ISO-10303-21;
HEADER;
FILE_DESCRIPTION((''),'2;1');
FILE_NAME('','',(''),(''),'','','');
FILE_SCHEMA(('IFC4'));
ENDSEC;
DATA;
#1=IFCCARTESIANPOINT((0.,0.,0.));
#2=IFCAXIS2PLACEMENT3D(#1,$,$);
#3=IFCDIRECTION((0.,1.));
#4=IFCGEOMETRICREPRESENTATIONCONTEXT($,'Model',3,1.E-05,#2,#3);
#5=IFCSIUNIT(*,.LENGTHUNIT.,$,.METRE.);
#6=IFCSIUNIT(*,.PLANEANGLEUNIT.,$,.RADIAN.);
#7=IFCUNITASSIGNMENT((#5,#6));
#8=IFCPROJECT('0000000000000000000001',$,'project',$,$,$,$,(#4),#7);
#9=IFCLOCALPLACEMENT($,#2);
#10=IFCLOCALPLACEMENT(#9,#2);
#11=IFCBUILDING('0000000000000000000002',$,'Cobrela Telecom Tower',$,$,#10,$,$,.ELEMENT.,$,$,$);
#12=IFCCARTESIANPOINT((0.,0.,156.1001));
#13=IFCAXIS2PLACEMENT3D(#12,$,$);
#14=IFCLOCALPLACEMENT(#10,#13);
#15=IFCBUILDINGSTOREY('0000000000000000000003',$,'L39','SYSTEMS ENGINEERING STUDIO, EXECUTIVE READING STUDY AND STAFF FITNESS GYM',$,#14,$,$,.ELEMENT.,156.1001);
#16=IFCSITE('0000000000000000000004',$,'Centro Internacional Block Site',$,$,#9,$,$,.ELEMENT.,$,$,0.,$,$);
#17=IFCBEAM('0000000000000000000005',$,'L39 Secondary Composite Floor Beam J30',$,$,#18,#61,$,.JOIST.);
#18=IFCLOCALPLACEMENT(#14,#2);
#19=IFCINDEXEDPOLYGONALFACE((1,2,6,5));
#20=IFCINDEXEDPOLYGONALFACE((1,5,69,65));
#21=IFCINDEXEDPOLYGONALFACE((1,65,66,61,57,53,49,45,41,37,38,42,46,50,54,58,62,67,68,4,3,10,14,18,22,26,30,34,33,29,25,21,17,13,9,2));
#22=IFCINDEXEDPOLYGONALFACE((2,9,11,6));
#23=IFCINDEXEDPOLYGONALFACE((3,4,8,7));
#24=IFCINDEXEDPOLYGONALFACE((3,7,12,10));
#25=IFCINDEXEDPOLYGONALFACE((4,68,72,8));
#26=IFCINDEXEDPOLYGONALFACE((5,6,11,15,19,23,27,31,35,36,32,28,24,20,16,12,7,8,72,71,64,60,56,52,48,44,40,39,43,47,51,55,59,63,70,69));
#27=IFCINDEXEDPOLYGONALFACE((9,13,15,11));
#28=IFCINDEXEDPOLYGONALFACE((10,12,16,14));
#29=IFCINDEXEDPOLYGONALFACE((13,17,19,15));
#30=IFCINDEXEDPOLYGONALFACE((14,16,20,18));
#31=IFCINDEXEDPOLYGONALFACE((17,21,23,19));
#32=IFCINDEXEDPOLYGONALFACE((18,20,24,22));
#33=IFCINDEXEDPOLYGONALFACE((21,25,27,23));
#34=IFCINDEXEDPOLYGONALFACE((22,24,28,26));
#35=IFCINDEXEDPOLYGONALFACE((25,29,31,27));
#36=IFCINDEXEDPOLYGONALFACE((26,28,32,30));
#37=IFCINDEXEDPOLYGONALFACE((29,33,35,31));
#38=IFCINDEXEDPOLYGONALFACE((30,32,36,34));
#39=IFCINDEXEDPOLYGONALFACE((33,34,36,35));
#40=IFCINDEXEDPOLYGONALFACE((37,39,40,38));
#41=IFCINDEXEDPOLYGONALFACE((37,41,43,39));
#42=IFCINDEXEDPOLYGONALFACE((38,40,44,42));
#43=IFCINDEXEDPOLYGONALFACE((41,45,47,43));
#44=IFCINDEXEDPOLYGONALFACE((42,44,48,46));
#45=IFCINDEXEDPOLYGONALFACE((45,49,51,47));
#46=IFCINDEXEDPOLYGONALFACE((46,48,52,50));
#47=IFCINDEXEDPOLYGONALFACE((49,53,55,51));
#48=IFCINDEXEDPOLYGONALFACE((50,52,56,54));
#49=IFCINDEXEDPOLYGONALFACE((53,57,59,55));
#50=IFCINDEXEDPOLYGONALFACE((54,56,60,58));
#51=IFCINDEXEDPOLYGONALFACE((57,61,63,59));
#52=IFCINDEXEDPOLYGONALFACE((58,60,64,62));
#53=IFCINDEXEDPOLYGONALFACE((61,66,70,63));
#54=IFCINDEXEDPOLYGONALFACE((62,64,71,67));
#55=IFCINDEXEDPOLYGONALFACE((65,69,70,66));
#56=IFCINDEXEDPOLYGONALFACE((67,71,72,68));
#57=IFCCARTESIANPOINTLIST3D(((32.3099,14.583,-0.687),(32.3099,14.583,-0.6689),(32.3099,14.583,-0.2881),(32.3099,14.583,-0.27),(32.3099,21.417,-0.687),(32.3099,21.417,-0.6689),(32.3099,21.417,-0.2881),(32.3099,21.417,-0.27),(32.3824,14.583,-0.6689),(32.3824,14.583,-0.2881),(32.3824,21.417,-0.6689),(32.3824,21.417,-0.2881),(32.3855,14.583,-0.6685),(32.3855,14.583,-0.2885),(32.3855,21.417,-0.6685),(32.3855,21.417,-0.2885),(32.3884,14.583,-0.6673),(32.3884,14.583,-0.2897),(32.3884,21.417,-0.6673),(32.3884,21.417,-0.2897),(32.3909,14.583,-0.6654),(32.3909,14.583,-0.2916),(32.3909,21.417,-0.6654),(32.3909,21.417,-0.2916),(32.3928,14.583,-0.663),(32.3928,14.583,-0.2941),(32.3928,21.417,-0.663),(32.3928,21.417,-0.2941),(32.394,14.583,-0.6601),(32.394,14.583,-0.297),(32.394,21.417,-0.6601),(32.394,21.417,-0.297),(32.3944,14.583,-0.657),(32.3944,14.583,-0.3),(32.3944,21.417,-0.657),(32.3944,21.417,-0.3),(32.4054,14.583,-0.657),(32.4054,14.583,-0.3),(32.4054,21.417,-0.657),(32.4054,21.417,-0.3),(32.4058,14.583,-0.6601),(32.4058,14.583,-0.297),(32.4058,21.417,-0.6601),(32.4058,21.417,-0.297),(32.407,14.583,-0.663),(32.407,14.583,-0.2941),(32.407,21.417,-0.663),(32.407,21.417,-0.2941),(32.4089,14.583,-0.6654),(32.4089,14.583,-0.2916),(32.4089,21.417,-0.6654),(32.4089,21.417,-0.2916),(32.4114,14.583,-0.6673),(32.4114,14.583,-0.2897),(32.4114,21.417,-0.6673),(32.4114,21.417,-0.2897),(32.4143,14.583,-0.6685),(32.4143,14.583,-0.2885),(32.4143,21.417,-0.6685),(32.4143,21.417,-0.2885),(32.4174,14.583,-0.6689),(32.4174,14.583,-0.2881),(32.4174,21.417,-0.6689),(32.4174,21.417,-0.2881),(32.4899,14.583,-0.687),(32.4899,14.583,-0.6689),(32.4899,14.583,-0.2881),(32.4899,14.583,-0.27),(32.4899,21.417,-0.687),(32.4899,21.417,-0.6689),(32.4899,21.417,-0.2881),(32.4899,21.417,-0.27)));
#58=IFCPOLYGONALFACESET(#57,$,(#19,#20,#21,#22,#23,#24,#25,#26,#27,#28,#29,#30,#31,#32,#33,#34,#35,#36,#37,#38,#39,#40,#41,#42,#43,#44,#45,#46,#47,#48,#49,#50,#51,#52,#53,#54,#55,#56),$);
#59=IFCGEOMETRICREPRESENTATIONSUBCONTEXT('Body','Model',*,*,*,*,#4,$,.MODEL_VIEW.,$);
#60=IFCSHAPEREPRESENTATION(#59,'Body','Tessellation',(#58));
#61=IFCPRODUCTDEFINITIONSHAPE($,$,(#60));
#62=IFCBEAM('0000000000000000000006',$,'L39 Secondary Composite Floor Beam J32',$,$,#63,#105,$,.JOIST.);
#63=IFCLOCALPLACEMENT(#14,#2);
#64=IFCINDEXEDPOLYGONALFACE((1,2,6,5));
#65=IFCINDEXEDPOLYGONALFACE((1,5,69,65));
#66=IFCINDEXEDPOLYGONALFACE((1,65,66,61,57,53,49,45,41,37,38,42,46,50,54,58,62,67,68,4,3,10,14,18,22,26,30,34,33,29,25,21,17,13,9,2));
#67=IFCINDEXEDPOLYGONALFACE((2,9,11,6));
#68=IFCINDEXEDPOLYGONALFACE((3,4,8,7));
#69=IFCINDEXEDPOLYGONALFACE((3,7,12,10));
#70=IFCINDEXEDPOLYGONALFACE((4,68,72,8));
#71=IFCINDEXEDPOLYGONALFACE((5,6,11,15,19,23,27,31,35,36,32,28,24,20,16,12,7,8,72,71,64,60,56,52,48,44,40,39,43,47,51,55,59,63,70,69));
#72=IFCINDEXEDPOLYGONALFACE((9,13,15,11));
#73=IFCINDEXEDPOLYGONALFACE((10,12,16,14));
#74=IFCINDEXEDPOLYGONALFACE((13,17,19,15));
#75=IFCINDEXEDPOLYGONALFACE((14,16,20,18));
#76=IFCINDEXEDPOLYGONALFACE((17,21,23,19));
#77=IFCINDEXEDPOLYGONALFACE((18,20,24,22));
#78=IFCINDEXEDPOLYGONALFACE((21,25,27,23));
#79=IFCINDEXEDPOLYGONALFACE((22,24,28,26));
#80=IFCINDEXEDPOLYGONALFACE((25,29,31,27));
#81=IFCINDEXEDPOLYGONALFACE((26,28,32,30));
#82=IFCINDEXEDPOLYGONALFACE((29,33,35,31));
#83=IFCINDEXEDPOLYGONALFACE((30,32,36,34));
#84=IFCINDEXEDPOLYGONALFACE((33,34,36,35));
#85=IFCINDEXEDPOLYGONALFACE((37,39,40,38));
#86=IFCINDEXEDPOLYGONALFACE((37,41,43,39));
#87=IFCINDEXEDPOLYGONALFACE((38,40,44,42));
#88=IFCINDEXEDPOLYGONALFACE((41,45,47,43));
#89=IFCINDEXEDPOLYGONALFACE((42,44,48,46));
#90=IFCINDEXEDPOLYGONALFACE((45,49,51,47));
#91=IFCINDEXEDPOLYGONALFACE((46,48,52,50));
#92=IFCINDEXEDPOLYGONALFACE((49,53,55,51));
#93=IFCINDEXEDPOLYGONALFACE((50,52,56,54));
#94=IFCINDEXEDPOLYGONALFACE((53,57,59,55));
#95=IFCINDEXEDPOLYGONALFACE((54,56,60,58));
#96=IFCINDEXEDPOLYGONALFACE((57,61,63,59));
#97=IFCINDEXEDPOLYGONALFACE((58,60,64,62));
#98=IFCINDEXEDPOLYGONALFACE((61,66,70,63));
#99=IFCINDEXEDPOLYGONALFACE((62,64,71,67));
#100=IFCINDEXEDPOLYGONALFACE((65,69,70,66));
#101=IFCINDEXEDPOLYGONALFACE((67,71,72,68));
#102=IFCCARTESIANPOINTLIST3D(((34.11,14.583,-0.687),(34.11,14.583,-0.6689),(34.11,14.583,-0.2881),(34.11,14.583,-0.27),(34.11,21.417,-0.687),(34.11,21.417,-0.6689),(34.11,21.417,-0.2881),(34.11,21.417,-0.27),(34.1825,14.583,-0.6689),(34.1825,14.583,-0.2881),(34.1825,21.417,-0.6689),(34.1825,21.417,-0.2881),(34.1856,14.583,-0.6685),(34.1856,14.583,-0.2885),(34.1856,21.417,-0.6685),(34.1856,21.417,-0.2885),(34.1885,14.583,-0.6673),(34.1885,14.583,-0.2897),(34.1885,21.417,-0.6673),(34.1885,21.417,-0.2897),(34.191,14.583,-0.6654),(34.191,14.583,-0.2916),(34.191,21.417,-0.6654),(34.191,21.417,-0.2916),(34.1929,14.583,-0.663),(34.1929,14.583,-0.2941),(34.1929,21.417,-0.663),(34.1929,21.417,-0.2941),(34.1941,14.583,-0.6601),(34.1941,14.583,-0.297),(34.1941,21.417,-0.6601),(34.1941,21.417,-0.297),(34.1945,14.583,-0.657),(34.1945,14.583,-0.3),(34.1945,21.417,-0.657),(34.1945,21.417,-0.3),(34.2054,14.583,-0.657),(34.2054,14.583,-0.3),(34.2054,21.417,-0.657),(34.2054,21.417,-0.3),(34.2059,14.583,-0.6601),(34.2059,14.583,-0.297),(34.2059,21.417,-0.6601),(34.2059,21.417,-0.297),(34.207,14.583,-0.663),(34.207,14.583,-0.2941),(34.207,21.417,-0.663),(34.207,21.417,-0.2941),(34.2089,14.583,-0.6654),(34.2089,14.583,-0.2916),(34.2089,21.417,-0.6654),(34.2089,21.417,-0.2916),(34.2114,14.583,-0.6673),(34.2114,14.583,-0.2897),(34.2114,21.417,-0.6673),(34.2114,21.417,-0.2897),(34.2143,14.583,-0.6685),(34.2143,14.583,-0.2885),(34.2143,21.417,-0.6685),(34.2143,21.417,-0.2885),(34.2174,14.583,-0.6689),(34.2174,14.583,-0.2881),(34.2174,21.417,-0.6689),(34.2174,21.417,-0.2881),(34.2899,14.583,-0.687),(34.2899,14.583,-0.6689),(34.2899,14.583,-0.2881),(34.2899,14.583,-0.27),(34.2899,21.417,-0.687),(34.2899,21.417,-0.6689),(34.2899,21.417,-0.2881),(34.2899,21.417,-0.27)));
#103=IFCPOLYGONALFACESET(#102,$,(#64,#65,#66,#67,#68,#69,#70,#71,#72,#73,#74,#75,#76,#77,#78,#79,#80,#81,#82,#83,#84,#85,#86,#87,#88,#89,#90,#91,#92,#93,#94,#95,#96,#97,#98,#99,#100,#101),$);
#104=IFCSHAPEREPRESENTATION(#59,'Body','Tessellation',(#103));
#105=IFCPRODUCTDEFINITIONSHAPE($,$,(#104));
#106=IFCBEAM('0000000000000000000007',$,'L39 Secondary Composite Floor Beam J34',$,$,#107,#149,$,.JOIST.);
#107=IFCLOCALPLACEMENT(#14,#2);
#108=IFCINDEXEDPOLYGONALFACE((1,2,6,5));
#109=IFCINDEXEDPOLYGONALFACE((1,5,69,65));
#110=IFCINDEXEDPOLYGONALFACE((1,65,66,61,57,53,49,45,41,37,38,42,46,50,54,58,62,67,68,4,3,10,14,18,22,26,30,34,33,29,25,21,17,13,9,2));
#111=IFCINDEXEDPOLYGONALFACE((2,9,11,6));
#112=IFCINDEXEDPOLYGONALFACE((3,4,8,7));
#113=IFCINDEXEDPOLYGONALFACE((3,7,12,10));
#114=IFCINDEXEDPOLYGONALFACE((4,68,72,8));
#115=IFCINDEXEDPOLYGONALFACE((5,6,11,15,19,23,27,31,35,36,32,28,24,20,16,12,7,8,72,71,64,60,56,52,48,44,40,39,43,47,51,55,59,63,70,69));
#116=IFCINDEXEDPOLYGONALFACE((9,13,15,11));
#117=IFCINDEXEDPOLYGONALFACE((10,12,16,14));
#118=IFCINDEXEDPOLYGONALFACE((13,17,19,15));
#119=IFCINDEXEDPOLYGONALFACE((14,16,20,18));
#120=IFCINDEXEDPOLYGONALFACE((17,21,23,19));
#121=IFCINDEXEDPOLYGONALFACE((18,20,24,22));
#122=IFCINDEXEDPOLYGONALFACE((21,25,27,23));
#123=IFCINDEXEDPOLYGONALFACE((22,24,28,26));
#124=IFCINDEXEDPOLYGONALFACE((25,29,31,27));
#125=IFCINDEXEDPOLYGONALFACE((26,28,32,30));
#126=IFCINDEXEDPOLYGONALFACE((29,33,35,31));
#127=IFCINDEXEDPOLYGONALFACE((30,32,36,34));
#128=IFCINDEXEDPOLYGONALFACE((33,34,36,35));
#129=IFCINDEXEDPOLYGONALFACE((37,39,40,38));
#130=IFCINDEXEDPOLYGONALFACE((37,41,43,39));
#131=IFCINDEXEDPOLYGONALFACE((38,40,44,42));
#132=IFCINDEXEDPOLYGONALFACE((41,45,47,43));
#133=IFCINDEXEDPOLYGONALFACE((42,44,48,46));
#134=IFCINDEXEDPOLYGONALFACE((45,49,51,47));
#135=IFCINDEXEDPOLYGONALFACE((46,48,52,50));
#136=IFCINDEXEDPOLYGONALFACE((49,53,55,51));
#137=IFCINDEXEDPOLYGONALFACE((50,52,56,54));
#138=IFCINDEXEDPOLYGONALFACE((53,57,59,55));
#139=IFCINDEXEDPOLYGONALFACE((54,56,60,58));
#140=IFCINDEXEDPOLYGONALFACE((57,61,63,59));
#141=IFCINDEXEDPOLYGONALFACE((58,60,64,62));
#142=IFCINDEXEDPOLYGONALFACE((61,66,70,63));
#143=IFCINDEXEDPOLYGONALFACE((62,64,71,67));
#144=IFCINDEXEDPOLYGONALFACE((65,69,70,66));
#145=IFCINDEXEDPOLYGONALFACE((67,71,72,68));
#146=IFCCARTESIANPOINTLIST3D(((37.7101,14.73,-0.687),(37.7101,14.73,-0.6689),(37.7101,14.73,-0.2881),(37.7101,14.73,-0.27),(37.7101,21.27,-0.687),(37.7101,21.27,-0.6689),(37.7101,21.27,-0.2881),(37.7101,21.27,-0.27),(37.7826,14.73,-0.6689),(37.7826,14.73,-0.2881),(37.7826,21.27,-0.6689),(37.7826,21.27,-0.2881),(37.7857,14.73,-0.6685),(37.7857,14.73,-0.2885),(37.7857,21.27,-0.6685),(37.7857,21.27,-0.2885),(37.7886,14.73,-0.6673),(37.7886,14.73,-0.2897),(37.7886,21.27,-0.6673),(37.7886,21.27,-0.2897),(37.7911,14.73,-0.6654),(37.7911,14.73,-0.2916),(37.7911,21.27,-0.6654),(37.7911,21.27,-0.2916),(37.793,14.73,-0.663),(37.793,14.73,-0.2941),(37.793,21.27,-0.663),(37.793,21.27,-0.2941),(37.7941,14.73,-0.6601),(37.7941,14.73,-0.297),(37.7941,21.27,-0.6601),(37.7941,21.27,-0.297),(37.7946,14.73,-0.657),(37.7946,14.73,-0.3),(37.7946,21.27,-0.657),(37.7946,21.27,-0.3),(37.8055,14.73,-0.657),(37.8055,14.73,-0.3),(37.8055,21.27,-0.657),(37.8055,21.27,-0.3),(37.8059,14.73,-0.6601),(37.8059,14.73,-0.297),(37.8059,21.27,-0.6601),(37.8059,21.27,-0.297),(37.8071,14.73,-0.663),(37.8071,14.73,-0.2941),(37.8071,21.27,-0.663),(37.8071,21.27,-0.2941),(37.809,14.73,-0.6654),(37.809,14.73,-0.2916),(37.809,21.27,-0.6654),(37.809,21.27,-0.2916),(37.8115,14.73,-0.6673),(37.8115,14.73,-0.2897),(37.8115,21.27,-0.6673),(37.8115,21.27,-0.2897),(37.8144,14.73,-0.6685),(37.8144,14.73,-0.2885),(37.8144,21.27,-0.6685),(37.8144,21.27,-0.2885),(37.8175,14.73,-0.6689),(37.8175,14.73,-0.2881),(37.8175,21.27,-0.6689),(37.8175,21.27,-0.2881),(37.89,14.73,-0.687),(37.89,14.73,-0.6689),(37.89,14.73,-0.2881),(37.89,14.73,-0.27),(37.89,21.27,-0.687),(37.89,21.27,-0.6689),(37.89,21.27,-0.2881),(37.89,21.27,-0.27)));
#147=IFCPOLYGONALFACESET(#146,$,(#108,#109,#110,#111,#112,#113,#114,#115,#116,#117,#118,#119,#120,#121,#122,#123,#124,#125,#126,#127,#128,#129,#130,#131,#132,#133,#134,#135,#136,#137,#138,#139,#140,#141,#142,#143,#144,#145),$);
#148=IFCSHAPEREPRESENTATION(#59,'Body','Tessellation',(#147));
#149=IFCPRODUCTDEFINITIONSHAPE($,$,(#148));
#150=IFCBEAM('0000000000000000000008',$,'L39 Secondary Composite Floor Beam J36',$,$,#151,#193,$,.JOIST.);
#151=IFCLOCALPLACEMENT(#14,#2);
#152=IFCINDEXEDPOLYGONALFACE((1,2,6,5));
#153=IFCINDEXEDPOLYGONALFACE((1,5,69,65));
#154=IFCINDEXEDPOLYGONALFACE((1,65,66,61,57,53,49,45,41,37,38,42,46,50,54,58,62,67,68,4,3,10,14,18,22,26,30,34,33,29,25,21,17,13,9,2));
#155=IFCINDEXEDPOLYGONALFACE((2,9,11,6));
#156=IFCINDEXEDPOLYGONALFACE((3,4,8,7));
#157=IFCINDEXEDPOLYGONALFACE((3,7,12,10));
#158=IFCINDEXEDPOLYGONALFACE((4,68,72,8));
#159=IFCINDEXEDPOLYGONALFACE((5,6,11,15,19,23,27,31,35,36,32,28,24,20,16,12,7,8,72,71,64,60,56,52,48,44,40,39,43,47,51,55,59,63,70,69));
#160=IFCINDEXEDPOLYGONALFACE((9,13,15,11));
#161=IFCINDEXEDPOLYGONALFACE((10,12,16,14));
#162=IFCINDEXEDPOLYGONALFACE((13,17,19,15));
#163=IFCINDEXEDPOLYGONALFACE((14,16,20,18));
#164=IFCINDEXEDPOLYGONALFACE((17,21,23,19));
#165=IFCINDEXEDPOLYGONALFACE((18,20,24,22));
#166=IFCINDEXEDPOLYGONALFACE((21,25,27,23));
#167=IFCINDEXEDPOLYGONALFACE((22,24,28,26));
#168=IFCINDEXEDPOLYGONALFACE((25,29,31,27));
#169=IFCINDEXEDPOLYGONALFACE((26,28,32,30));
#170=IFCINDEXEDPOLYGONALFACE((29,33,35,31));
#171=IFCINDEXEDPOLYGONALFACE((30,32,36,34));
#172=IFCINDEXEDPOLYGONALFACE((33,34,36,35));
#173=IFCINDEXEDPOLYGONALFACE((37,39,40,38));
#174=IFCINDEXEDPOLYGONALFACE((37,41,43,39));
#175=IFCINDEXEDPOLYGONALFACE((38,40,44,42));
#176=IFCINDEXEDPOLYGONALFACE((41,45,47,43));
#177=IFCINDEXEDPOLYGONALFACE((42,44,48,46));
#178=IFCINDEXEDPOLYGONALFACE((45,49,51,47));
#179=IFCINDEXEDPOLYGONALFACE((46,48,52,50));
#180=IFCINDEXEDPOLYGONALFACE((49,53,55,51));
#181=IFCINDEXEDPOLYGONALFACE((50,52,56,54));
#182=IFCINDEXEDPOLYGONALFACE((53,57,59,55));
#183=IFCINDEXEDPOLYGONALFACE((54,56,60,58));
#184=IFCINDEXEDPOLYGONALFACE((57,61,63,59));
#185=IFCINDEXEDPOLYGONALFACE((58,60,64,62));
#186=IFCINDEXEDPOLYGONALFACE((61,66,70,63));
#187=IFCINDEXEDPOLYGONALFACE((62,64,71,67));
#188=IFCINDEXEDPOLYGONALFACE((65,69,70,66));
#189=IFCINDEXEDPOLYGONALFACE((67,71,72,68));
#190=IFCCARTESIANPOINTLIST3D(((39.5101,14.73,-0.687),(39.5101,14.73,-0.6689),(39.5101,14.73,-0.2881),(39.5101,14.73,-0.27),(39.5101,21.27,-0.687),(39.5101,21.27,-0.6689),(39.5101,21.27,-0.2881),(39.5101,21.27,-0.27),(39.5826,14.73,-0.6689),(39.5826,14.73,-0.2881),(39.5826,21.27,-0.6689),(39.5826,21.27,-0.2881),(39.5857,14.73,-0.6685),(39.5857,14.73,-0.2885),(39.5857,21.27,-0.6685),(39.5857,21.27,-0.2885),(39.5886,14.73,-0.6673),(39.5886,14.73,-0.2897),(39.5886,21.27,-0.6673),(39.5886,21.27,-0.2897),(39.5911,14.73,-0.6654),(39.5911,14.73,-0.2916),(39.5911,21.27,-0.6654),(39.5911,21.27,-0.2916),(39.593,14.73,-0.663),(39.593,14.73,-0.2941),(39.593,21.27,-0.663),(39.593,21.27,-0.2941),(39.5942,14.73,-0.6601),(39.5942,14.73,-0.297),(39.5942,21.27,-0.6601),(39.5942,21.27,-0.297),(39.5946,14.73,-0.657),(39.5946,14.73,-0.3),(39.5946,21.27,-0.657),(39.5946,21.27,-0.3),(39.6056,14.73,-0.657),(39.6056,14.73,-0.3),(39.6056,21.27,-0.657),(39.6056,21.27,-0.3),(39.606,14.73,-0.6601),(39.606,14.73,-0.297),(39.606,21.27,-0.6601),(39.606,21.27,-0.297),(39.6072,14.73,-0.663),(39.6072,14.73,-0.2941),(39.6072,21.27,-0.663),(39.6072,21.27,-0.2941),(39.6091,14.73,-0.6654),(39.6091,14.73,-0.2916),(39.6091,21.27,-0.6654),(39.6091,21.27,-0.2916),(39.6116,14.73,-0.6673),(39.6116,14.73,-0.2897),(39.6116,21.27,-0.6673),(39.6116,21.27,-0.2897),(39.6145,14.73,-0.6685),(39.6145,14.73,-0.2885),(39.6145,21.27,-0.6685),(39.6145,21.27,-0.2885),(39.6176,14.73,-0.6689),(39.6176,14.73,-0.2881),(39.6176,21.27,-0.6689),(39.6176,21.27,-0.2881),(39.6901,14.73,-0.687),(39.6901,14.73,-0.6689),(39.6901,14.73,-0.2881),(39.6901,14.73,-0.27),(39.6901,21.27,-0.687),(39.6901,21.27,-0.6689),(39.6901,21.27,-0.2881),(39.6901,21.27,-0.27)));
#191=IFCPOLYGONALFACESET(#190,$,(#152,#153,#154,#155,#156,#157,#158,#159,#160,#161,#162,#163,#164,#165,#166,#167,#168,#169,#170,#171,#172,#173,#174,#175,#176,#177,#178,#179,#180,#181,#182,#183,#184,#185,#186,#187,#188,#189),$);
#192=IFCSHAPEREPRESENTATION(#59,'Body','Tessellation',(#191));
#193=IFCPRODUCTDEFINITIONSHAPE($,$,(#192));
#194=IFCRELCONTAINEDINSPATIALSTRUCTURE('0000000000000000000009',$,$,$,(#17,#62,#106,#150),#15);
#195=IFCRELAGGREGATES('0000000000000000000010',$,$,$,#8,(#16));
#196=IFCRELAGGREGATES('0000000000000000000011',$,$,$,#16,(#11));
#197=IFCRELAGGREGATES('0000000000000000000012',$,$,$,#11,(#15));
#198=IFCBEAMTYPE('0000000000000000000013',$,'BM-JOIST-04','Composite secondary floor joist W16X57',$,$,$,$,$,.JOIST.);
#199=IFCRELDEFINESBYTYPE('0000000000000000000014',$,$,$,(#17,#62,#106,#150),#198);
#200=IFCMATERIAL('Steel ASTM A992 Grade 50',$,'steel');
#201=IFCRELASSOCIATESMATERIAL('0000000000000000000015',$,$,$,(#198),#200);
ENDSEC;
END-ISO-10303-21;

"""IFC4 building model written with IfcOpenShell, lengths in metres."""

from ifc_helpers import new_model, si_unit, direction, frame, origin, origin_2d, place, context, subcontext, project, spatial, i_section, extrude, material, material_profile, profile_set, type_object, element, save


model = new_model("IFC4")

# Units and contexts
model_context = context("Model", 3, precision=1e-05, world=origin(), true_north=direction((0.0, 1.0)))
body_context = subcontext(model_context, "Body", "Model", "MODEL_VIEW")
ifc_project = project(units=[si_unit("LENGTHUNIT", "METRE"), si_unit("PLANEANGLEUNIT", "RADIAN")], contexts=[model_context])

# Site, building, storey
site_placement = place(None, origin())
site = spatial("IfcSite", under=ifc_project, at=site_placement, Name="Centro Internacional Block Site", CompositionType="ELEMENT", RefElevation=0.0)
building_placement = place(site_placement, origin())
building = spatial("IfcBuilding", under=site, at=building_placement, Name="Cobrela Telecom Tower", CompositionType="ELEMENT")
storey_placement = place(building_placement, frame((0.0, 0.0, 156.1001)))
storey = spatial("IfcBuildingStorey", under=building, at=storey_placement, Name="L39", Description="SYSTEMS ENGINEERING STUDIO, EXECUTIVE READING STUDY AND STAFF FITNESS GYM", CompositionType="ELEMENT", Elevation=156.1001)

# Shared definitions
ifc_material_1 = material(Name="Steel ASTM A992 Grade 50", Category="steel")

# Beams
ifc_material_profile_1 = material_profile(ifc_material_1, i_section(OverallWidth=0.1799, OverallDepth=0.417, WebThickness=0.011, FlangeThickness=0.0181, FilletRadius=0.012, at=origin_2d()), Name="W16X57")
ifc_profile_set_1 = profile_set([ifc_material_profile_1], Name="Steel ASTM A992 Grade 50")
beam_type_1 = type_object("IfcBeamType", Name="BM-JOIST-04", Description="Composite secondary floor joist W16X57", PredefinedType="JOIST", material=ifc_profile_set_1)
for number, where, z_axis, x_axis, name in (
    (1, (32.3999, 14.583, -0.4785), (0.0, 1.0, 0.0), (-1.0, 0.0, 0.0), "L39 Secondary Composite Floor Beam J30"),
    (2, (34.2, 14.583, -0.4785), (0.0, 1.0, 0.0), (-1.0, 0.0, 0.0), "L39 Secondary Composite Floor Beam J32"),
):
    element("IfcBeam", number, at=place(storey_placement, frame(where, z_axis=z_axis, x_axis=x_axis)), inside=storey, type_object=beam_type_1, Name=name, PredefinedType="JOIST", context=body_context, shape_type="SweptSolid", body=[
        extrude(i_section(OverallWidth=0.1799, OverallDepth=0.417, WebThickness=0.011, FlangeThickness=0.0181, FilletRadius=0.012, at=origin_2d()), origin(), (0.0, 0.0, 1.0), 6.834),
    ])
for number, where, z_axis, x_axis, name in (
    (3, (37.8, 14.73, -0.4785), (0.0, 1.0, 0.0), (-1.0, 0.0, 0.0), "L39 Secondary Composite Floor Beam J34"),
    (4, (39.6001, 14.73, -0.4785), (0.0, 1.0, 0.0), (-1.0, 0.0, 0.0), "L39 Secondary Composite Floor Beam J36"),
):
    element("IfcBeam", number, at=place(storey_placement, frame(where, z_axis=z_axis, x_axis=x_axis)), inside=storey, type_object=beam_type_1, Name=name, PredefinedType="JOIST", context=body_context, shape_type="SweptSolid", body=[
        extrude(i_section(OverallWidth=0.1799, OverallDepth=0.417, WebThickness=0.011, FlangeThickness=0.0181, FilletRadius=0.012, at=origin_2d()), origin(), (0.0, 0.0, 1.0), 6.54),
    ])

save(model, "model.ifc")
